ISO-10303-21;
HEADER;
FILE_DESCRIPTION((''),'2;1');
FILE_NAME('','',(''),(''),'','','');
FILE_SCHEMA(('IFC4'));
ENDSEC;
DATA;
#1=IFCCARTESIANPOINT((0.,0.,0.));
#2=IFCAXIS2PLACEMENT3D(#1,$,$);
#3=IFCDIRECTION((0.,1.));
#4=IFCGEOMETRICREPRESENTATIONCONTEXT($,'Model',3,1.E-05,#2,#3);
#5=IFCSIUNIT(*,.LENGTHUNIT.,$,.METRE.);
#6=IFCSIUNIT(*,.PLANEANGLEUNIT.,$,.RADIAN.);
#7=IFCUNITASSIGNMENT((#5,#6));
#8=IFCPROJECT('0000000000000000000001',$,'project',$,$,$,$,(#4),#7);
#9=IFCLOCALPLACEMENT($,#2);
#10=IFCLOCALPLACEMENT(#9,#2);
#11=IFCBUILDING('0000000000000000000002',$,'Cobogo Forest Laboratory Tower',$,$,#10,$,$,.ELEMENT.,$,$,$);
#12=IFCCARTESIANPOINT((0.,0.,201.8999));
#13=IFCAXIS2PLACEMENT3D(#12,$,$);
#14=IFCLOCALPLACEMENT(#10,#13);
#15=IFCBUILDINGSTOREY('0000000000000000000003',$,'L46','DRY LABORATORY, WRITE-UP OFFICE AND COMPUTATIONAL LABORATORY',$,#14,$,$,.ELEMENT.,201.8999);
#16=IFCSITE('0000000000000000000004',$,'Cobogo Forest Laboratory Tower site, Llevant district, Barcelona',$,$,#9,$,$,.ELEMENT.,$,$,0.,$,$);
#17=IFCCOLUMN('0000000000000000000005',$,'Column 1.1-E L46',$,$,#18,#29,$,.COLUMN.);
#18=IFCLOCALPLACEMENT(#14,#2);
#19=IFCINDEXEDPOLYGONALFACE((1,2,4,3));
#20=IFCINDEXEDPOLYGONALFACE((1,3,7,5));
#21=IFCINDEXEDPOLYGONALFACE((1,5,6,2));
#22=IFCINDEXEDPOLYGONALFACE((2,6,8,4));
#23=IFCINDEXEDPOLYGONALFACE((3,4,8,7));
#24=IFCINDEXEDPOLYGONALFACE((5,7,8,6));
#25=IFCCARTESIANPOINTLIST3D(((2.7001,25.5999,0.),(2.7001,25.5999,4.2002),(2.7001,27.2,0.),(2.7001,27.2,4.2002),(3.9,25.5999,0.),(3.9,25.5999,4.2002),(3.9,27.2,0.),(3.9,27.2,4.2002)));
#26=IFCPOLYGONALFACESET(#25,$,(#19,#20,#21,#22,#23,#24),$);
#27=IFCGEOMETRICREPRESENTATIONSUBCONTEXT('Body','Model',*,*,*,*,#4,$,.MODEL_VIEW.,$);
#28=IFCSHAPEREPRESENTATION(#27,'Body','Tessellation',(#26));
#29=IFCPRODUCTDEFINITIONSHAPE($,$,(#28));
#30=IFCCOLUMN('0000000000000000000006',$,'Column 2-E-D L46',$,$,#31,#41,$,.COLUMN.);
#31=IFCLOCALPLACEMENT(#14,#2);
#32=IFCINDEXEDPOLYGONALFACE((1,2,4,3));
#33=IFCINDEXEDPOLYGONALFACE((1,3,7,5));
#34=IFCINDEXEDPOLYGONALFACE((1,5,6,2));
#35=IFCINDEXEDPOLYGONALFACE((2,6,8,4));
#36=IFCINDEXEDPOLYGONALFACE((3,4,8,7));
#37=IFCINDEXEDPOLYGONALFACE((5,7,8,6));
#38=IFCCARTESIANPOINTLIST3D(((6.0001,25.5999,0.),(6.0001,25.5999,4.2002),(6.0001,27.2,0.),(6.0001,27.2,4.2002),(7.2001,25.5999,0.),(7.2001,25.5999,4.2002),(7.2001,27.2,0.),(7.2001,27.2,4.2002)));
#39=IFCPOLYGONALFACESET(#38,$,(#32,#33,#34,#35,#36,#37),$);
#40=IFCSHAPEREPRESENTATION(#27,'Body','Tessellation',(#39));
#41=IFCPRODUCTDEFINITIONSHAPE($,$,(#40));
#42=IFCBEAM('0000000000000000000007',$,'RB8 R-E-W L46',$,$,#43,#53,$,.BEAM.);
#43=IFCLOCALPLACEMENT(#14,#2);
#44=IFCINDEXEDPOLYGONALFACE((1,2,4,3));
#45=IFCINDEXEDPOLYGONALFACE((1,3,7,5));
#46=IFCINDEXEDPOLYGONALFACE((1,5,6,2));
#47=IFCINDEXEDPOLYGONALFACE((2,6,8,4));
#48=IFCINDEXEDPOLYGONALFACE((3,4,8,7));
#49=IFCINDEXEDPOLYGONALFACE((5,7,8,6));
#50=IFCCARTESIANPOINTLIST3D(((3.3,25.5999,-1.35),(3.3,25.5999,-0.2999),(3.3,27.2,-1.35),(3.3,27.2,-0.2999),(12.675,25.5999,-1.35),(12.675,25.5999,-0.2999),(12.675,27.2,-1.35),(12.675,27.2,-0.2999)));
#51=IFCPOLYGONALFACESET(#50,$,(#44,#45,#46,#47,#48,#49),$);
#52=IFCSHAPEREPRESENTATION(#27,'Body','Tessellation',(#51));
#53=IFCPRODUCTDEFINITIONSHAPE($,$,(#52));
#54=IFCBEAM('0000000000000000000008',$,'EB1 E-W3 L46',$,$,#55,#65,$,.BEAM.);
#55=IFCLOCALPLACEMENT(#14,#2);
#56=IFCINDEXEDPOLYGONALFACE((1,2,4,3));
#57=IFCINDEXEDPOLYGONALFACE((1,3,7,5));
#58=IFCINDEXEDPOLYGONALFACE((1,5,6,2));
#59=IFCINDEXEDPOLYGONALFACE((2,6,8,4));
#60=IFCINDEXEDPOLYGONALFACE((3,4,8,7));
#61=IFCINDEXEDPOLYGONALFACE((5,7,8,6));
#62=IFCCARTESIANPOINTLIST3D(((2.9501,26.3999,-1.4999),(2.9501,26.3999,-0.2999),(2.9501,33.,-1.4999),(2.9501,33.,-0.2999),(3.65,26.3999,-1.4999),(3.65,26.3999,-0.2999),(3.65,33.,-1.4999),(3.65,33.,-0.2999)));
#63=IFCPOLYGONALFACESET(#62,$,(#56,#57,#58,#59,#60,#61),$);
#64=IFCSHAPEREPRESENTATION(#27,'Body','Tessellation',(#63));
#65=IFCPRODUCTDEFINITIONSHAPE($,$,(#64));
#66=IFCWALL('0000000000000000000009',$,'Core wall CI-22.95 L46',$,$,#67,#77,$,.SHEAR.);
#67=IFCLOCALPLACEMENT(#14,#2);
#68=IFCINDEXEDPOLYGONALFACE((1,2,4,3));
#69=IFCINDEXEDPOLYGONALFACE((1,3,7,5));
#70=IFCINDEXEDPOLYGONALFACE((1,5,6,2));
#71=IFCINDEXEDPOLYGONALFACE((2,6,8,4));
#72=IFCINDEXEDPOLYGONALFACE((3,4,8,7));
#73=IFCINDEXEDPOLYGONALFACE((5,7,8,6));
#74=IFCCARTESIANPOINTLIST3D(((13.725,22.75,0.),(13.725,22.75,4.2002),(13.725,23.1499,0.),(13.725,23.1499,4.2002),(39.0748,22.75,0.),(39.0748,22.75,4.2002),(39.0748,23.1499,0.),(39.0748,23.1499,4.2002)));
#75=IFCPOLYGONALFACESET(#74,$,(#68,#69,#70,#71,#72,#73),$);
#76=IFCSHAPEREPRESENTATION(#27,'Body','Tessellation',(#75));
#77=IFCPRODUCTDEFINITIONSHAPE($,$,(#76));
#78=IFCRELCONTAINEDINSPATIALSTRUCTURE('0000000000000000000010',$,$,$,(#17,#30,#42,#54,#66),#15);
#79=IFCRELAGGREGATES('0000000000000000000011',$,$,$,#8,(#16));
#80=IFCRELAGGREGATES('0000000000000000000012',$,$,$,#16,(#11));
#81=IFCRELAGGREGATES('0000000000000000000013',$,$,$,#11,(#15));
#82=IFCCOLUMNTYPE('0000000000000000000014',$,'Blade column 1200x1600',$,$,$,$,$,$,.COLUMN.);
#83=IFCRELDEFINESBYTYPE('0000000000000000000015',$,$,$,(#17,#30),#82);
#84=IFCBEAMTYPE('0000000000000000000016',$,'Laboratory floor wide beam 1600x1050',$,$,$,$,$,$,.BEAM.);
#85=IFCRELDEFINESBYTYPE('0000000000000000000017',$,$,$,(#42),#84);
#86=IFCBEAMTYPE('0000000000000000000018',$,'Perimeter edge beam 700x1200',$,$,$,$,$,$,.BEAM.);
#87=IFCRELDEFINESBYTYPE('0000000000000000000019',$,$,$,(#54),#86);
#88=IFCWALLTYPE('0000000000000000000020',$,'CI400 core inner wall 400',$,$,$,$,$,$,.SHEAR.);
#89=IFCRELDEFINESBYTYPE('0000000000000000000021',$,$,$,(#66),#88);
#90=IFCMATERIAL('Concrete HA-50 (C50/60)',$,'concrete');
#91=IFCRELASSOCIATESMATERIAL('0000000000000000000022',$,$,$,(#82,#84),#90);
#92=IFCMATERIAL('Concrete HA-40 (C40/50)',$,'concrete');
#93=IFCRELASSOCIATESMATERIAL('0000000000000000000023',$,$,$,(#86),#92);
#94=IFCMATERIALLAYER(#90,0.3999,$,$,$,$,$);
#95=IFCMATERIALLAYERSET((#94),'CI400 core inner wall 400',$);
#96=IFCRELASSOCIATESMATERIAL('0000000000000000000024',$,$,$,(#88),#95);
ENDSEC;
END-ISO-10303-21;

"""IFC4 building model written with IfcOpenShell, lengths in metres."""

from ifc_helpers import new_model, si_unit, direction, frame, frame_2d, origin, origin_2d, place, context, subcontext, project, spatial, rectangle, extrude, material, layer, layer_set, material_profile, profile_set, type_object, element, save


model = new_model("IFC4")

# Units and contexts
model_context = context("Model", 3, precision=1e-05, world=origin(), true_north=direction((0.0, 1.0)))
body_context = subcontext(model_context, "Body", "Model", "MODEL_VIEW")
ifc_project = project(units=[si_unit("LENGTHUNIT", "METRE"), si_unit("PLANEANGLEUNIT", "RADIAN")], contexts=[model_context])

# Site, building, storey
site_placement = place(None, origin())
site = spatial("IfcSite", under=ifc_project, at=site_placement, Name="Cobogo Forest Laboratory Tower site, Llevant district, Barcelona", CompositionType="ELEMENT", RefElevation=0.0)
building_placement = place(site_placement, origin())
building = spatial("IfcBuilding", under=site, at=building_placement, Name="Cobogo Forest Laboratory Tower", CompositionType="ELEMENT")
storey_placement = place(building_placement, frame((0.0, 0.0, 201.8999)))
storey = spatial("IfcBuildingStorey", under=building, at=storey_placement, Name="L46", Description="DRY LABORATORY, WRITE-UP OFFICE AND COMPUTATIONAL LABORATORY", CompositionType="ELEMENT", Elevation=201.8999)

# Columns
ifc_material_1 = material(Name="Concrete HA-50 (C50/60)", Category="concrete")
ifc_material_profile_1 = material_profile(ifc_material_1, rectangle(XDim=1.6001, YDim=1.2, at=origin_2d()), Name="RC 1200x1600")
ifc_profile_set_1 = profile_set([ifc_material_profile_1], Name="Concrete HA-50 (C50/60)")
column_type = type_object("IfcColumnType", Name="Blade column 1200x1600", PredefinedType="COLUMN", material=ifc_profile_set_1)
for number, where, z_axis, x_axis, name in (
    (1, (3.3, 26.3999, 0.0), (0.0, 0.0, 1.0), (0.0, 1.0, 0.0), "Column 1.1-E L46"),
    (2, (6.6001, 26.3999, 0.0), (0.0, 0.0, 1.0), (0.0, 1.0, 0.0), "Column 2-E-D L46"),
):
    element("IfcColumn", number, at=place(storey_placement, frame(where, z_axis=z_axis, x_axis=x_axis)), inside=storey, type_object=column_type, Name=name, PredefinedType="COLUMN", context=body_context, shape_type="SweptSolid", body=[
        extrude(rectangle(XDim=1.6001, YDim=1.2, at=origin_2d()), origin(), (0.0, 0.0, 1.0), 4.2002),
    ])

# Beams
ifc_material_profile_2 = material_profile(ifc_material_1, rectangle(XDim=1.6001, YDim=1.05, at=origin_2d()), Name="RC 1600x1050")
ifc_profile_set_2 = profile_set([ifc_material_profile_2], Name="Concrete HA-50 (C50/60)")
beam_type_1 = type_object("IfcBeamType", Name="Laboratory floor wide beam 1600x1050", PredefinedType="BEAM", material=ifc_profile_set_2)
beam_1_placement = place(storey_placement, frame((12.675, 26.3999, -0.825), z_axis=(-1.0, 0.0, 0.0), x_axis=(0.0, -1.0, 0.0)))
element("IfcBeam", 3, at=beam_1_placement, inside=storey, type_object=beam_type_1, Name="RB8 R-E-W L46", PredefinedType="BEAM", context=body_context, shape_type="SweptSolid", body=[
    extrude(rectangle(XDim=1.6001, YDim=1.05, at=origin_2d()), origin(), (0.0, 0.0, 1.0), 9.375),
])
ifc_material_2 = material(Name="Concrete HA-40 (C40/50)", Category="concrete")
ifc_material_profile_3 = material_profile(ifc_material_2, rectangle(XDim=0.7, YDim=1.2, at=origin_2d()), Name="RC 700x1200")
ifc_profile_set_3 = profile_set([ifc_material_profile_3], Name="Concrete HA-40 (C40/50)")
beam_type_2 = type_object("IfcBeamType", Name="Perimeter edge beam 700x1200", PredefinedType="BEAM", material=ifc_profile_set_3)
beam_2_placement = place(storey_placement, frame((3.3, 26.3999, -0.8999), z_axis=(0.0, 1.0, 0.0), x_axis=(-1.0, 0.0, 0.0)))
element("IfcBeam", 4, at=beam_2_placement, inside=storey, type_object=beam_type_2, Name="EB1 E-W3 L46", PredefinedType="BEAM", context=body_context, shape_type="SweptSolid", body=[
    extrude(rectangle(XDim=0.7, YDim=1.2, at=origin_2d()), origin(), (0.0, 0.0, 1.0), 6.6001),
])

# Wall
ifc_layer_1 = layer(ifc_material_1, 0.3999)
ifc_layer_set_1 = layer_set([ifc_layer_1], Name="CI400 core inner wall 400")
wall_type_1 = type_object("IfcWallType", Name="CI400 core inner wall 400", PredefinedType="SHEAR", material=ifc_layer_set_1)
wall_1_placement = place(storey_placement, frame((13.7251, 22.95, 0.0), z_axis=(0.0, 0.0, 1.0), x_axis=(1.0, 0.0, 0.0)))
element("IfcWall", 5, at=wall_1_placement, inside=storey, type_object=wall_type_1, Name="Core wall CI-22.95 L46", PredefinedType="SHEAR", context=body_context, shape_type="SweptSolid", body=[
    extrude(rectangle(XDim=25.3499, YDim=0.3999, at=frame_2d((12.6748, 0.0))), origin(), (0.0, 0.0, 1.0), 4.2002),
])

save(model, "model.ifc")
